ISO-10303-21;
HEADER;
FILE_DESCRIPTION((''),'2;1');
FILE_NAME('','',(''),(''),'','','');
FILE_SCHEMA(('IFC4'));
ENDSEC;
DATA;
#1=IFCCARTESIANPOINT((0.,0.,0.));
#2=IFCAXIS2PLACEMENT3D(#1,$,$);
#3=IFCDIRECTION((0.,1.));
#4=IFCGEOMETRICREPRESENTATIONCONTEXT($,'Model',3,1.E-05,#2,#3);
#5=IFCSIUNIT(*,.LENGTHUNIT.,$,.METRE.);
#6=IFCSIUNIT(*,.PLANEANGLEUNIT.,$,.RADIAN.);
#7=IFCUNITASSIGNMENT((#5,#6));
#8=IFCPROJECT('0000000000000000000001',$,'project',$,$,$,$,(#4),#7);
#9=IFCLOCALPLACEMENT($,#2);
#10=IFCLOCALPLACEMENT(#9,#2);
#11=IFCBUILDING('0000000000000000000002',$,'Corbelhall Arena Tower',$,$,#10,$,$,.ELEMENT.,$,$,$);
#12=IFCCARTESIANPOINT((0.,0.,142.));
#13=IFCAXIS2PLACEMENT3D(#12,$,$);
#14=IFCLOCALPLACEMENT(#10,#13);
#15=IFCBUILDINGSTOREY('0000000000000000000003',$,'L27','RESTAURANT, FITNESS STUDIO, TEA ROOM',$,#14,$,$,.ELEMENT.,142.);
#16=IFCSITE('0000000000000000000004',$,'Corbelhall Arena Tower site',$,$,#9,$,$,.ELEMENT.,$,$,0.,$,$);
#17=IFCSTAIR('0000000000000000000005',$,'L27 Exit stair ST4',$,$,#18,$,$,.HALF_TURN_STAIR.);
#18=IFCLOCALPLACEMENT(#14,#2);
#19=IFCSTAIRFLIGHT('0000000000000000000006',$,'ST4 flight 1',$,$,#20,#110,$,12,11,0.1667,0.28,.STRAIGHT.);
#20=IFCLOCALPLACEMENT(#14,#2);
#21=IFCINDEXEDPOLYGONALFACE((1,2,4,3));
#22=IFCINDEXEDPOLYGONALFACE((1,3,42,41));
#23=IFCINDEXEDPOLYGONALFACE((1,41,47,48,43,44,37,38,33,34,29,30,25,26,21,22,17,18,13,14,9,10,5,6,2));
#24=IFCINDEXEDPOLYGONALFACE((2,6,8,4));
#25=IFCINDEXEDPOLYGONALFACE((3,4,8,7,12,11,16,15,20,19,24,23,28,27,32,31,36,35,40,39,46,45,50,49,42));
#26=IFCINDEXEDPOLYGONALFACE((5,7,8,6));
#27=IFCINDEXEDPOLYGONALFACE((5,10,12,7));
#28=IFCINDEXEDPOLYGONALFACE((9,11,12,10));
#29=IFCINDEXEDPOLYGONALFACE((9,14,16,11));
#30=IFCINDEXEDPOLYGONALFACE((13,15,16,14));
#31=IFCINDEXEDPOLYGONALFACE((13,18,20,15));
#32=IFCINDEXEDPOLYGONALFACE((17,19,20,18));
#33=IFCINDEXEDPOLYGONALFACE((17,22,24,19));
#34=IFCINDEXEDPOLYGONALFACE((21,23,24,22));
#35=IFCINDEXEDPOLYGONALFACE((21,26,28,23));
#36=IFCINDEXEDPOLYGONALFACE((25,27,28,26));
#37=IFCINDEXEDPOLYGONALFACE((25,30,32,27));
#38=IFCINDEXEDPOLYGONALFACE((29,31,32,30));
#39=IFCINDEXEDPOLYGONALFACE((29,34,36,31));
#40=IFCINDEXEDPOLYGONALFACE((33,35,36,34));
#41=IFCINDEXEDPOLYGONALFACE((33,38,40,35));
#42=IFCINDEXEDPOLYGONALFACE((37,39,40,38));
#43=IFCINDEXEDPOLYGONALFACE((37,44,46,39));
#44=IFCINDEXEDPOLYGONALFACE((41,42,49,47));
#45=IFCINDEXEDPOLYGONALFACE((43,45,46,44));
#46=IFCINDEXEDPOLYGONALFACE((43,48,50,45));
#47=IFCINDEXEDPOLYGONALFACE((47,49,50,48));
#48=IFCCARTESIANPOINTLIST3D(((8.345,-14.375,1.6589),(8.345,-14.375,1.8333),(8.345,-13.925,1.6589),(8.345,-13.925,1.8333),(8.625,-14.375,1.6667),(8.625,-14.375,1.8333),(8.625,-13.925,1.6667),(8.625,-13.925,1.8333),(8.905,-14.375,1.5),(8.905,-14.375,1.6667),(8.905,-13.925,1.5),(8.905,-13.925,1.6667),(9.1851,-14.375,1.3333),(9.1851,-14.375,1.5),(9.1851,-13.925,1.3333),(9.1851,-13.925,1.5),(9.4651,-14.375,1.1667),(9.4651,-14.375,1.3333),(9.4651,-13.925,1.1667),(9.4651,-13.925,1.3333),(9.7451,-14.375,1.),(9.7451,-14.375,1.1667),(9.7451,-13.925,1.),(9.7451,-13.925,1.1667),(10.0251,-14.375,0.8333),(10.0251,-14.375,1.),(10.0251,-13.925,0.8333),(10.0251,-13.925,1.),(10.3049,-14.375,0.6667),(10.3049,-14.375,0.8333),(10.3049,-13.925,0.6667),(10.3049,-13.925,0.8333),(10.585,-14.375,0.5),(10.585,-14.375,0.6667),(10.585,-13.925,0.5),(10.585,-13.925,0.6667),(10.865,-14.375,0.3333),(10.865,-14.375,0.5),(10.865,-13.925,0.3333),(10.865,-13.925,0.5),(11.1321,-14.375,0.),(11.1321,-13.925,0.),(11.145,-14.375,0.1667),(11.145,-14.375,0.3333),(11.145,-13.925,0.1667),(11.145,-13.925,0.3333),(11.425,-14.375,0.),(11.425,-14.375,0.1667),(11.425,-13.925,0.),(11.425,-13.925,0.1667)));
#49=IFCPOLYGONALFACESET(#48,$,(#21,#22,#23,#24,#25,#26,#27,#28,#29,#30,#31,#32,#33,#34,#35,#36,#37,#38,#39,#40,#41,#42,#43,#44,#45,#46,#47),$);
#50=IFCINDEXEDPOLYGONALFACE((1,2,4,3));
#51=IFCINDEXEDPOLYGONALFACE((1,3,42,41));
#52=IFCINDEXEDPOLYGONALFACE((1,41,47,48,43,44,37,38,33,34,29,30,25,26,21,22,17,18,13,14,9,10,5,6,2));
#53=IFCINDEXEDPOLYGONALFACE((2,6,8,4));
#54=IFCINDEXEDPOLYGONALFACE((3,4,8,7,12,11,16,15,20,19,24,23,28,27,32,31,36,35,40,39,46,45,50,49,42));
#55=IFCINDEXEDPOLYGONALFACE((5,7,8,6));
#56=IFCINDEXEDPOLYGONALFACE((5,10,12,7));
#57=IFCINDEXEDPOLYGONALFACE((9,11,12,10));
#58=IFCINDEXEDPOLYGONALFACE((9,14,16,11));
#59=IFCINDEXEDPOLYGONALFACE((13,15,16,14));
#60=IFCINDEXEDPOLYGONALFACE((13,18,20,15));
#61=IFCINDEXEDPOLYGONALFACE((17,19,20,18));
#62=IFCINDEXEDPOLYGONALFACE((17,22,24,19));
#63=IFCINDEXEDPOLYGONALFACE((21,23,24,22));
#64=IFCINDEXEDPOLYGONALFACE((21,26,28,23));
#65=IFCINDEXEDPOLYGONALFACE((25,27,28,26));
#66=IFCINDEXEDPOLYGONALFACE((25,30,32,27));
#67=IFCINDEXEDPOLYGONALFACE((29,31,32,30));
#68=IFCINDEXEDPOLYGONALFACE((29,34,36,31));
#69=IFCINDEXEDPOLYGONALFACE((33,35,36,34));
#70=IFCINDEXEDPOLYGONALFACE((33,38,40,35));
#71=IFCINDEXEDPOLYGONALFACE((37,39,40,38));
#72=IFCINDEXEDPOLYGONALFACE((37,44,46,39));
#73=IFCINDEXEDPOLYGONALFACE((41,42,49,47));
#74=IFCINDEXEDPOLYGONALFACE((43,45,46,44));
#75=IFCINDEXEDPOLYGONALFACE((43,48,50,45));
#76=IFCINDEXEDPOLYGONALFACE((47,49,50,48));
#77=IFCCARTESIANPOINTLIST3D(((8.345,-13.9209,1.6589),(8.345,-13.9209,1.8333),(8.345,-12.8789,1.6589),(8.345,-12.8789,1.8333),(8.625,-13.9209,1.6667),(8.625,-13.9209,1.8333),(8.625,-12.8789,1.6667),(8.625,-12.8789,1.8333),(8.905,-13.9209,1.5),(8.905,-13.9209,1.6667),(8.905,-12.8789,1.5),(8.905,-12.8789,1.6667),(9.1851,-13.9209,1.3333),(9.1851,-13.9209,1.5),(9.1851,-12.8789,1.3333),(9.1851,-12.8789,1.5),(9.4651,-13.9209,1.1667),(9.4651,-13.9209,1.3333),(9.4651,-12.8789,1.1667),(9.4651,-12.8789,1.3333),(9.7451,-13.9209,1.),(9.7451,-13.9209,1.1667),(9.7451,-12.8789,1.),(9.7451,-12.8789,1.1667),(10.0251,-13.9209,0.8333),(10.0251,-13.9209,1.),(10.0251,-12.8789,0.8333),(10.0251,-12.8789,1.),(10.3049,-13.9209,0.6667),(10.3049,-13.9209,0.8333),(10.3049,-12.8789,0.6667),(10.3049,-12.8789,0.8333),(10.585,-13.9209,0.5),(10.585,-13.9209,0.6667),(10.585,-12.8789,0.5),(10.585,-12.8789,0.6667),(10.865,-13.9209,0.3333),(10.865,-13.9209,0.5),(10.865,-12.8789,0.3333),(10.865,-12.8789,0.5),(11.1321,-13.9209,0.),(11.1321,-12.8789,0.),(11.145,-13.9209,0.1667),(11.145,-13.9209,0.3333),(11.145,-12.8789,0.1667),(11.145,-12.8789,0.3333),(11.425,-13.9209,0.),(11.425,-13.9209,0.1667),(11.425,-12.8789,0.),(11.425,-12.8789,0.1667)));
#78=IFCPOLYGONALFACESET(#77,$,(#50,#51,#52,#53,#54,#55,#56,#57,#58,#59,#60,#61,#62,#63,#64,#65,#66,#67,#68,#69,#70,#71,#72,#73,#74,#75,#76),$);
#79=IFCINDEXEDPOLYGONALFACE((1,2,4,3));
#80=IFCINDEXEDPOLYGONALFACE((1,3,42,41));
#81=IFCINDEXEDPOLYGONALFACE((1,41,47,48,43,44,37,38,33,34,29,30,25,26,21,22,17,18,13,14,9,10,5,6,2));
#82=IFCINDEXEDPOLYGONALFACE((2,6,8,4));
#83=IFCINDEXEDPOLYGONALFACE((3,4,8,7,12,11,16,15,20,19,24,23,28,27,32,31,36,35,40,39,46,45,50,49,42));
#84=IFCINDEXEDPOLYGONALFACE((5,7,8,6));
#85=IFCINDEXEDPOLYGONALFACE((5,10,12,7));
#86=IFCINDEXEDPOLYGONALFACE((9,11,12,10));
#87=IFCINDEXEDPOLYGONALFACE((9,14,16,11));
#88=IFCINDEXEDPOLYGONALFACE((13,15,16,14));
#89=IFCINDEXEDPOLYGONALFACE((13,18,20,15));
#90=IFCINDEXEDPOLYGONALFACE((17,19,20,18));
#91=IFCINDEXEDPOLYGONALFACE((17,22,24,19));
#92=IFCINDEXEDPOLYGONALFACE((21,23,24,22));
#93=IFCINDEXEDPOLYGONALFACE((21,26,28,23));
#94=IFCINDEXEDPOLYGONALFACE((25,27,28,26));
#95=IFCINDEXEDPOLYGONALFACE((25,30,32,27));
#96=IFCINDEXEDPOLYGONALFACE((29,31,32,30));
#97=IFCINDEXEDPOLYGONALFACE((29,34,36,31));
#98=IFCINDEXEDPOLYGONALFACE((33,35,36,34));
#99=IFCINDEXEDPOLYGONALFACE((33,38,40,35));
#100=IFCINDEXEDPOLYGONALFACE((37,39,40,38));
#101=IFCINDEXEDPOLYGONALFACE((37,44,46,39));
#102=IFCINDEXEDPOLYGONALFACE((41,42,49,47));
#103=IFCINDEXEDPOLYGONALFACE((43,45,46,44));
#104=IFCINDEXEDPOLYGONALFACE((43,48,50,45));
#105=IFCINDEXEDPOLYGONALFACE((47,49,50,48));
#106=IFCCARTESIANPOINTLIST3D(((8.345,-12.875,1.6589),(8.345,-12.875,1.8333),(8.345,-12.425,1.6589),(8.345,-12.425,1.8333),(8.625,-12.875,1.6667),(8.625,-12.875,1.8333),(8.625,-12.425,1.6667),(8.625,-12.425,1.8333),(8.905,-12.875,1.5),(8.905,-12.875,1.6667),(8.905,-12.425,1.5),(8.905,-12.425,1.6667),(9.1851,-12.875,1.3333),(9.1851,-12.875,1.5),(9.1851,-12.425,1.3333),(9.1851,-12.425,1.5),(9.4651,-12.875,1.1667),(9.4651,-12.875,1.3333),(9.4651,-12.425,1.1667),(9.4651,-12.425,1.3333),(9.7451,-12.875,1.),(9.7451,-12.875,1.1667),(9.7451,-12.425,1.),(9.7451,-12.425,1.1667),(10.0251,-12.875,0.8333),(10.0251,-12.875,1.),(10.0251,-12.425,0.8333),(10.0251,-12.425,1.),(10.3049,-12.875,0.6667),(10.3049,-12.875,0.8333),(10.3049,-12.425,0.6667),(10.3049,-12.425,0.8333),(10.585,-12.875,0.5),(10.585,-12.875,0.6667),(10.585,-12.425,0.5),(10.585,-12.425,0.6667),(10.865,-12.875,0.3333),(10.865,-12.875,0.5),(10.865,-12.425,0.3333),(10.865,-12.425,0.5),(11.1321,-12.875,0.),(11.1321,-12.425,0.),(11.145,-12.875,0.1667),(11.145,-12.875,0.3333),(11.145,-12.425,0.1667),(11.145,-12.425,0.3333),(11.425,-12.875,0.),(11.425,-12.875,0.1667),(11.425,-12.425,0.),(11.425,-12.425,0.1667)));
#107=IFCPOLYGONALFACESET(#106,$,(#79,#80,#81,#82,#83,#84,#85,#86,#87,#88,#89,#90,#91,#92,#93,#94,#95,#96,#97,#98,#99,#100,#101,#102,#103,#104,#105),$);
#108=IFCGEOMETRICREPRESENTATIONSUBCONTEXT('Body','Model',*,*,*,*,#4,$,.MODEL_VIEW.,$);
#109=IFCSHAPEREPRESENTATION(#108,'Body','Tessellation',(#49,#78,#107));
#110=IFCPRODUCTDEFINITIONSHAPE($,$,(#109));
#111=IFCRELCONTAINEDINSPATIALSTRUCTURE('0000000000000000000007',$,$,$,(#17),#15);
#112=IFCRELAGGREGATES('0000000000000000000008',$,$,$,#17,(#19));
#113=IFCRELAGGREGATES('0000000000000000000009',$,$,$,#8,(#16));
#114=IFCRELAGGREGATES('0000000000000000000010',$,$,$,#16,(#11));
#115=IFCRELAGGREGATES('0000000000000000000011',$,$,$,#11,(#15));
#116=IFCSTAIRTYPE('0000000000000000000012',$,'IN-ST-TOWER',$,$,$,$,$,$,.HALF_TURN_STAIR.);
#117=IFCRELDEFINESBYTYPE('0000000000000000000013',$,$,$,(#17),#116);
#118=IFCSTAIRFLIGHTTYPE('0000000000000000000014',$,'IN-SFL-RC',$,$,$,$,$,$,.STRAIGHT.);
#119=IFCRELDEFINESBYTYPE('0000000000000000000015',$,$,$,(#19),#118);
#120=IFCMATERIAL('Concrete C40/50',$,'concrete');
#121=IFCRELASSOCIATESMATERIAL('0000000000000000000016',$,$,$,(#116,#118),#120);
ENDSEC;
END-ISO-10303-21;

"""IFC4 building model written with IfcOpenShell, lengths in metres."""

from ifc_helpers import new_model, si_unit, direction, frame, origin, place, context, subcontext, project, spatial, polyline, outline, extrude, material, type_object, element, aggregate, save


model = new_model("IFC4")

# Units and contexts
model_context = context("Model", 3, precision=1e-05, world=origin(), true_north=direction((0.0, 1.0)))
body_context = subcontext(model_context, "Body", "Model", "MODEL_VIEW")
ifc_project = project(units=[si_unit("LENGTHUNIT", "METRE"), si_unit("PLANEANGLEUNIT", "RADIAN")], contexts=[model_context])

# Site, building, storey
site_placement = place(None, origin())
site = spatial("IfcSite", under=ifc_project, at=site_placement, Name="Corbelhall Arena Tower site", CompositionType="ELEMENT", RefElevation=0.0)
building_placement = place(site_placement, origin())
building = spatial("IfcBuilding", under=site, at=building_placement, Name="Corbelhall Arena Tower", CompositionType="ELEMENT")
storey_placement = place(building_placement, frame((0.0, 0.0, 142.0)))
storey = spatial("IfcBuildingStorey", under=building, at=storey_placement, Name="L27", Description="RESTAURANT, FITNESS STUDIO, TEA ROOM", CompositionType="ELEMENT", Elevation=142.0)

# Shared definitions
ifc_material_1 = material(Name="Concrete C40/50", Category="concrete")

# Stair, stair flight
stair_type = type_object("IfcStairType", Name="IN-ST-TOWER", PredefinedType="HALF_TURN_STAIR", material=ifc_material_1)
stair_placement = place(storey_placement, origin())
stair = element("IfcStair", 1, at=stair_placement, inside=storey, type_object=stair_type, Name="L27 Exit stair ST4", PredefinedType="HALF_TURN_STAIR")
stair_flight_type = type_object("IfcStairFlightType", Name="IN-SFL-RC", PredefinedType="STRAIGHT", material=ifc_material_1)
stair_flight_placement = place(storey_placement, frame((11.425, -13.3999, 0.0), z_axis=(0.0, 0.0, 1.0), x_axis=(-1.0, 0.0, 0.0)))
stair_flight = element("IfcStairFlight", 2, at=stair_flight_placement, type_object=stair_flight_type, Name="ST4 flight 1", NumberOfRisers=12, NumberOfTreads=11, PredefinedType="STRAIGHT", RiserHeight=0.1667, TreadLength=0.28, context=body_context, shape_type="SweptSolid", body=[
    extrude(outline(polyline([(0.0, 0.0), (0.0, 0.1667), (0.28, 0.1667), (0.28, 0.3333), (0.5601, 0.3333), (0.5601, 0.5), (0.8401, 0.5), (0.8401, 0.6667), (1.1201, 0.6667), (1.1201, 0.8333), (1.3999, 0.8333), (1.3999, 1.0), (1.6799, 1.0), (1.6799, 1.1667), (1.96, 1.1667), (1.96, 1.3333), (2.24, 1.3333), (2.24, 1.5), (2.52, 1.5), (2.52, 1.6667), (2.8, 1.6667), (2.8, 1.8333), (3.0801, 1.8333), (3.0801, 2.0), (3.0801, 1.6589), (0.293, 0.0), (0.0, 0.0)])), frame((0.0, 0.9751, 0.0), z_axis=(0.0, -1.0, 0.0), x_axis=(1.0, 0.0, 0.0)), (0.0, 0.0, 1.0), 0.45),
    extrude(outline(polyline([(0.0, 0.0), (0.0, 0.1667), (0.28, 0.1667), (0.28, 0.3333), (0.5601, 0.3333), (0.5601, 0.5), (0.8401, 0.5), (0.8401, 0.6667), (1.1201, 0.6667), (1.1201, 0.8333), (1.3999, 0.8333), (1.3999, 1.0), (1.6799, 1.0), (1.6799, 1.1667), (1.96, 1.1667), (1.96, 1.3333), (2.24, 1.3333), (2.24, 1.5), (2.52, 1.5), (2.52, 1.6667), (2.8, 1.6667), (2.8, 1.8333), (3.0801, 1.8333), (3.0801, 2.0), (3.0801, 1.6589), (0.293, 0.0), (0.0, 0.0)])), frame((0.0, 0.521, 0.0), z_axis=(0.0, -1.0, 0.0), x_axis=(1.0, 0.0, 0.0)), (0.0, 0.0, 1.0), 1.042),
    extrude(outline(polyline([(0.0, 0.0), (0.0, 0.1667), (0.28, 0.1667), (0.28, 0.3333), (0.5601, 0.3333), (0.5601, 0.5), (0.8401, 0.5), (0.8401, 0.6667), (1.1201, 0.6667), (1.1201, 0.8333), (1.3999, 0.8333), (1.3999, 1.0), (1.6799, 1.0), (1.6799, 1.1667), (1.96, 1.1667), (1.96, 1.3333), (2.24, 1.3333), (2.24, 1.5), (2.52, 1.5), (2.52, 1.6667), (2.8, 1.6667), (2.8, 1.8333), (3.0801, 1.8333), (3.0801, 2.0), (3.0801, 1.6589), (0.293, 0.0), (0.0, 0.0)])), frame((0.0, -0.5249, 0.0), z_axis=(0.0, -1.0, 0.0), x_axis=(1.0, 0.0, 0.0)), (0.0, 0.0, 1.0), 0.45),
])
aggregate(stair, [stair_flight])

save(model, "model.ifc")
